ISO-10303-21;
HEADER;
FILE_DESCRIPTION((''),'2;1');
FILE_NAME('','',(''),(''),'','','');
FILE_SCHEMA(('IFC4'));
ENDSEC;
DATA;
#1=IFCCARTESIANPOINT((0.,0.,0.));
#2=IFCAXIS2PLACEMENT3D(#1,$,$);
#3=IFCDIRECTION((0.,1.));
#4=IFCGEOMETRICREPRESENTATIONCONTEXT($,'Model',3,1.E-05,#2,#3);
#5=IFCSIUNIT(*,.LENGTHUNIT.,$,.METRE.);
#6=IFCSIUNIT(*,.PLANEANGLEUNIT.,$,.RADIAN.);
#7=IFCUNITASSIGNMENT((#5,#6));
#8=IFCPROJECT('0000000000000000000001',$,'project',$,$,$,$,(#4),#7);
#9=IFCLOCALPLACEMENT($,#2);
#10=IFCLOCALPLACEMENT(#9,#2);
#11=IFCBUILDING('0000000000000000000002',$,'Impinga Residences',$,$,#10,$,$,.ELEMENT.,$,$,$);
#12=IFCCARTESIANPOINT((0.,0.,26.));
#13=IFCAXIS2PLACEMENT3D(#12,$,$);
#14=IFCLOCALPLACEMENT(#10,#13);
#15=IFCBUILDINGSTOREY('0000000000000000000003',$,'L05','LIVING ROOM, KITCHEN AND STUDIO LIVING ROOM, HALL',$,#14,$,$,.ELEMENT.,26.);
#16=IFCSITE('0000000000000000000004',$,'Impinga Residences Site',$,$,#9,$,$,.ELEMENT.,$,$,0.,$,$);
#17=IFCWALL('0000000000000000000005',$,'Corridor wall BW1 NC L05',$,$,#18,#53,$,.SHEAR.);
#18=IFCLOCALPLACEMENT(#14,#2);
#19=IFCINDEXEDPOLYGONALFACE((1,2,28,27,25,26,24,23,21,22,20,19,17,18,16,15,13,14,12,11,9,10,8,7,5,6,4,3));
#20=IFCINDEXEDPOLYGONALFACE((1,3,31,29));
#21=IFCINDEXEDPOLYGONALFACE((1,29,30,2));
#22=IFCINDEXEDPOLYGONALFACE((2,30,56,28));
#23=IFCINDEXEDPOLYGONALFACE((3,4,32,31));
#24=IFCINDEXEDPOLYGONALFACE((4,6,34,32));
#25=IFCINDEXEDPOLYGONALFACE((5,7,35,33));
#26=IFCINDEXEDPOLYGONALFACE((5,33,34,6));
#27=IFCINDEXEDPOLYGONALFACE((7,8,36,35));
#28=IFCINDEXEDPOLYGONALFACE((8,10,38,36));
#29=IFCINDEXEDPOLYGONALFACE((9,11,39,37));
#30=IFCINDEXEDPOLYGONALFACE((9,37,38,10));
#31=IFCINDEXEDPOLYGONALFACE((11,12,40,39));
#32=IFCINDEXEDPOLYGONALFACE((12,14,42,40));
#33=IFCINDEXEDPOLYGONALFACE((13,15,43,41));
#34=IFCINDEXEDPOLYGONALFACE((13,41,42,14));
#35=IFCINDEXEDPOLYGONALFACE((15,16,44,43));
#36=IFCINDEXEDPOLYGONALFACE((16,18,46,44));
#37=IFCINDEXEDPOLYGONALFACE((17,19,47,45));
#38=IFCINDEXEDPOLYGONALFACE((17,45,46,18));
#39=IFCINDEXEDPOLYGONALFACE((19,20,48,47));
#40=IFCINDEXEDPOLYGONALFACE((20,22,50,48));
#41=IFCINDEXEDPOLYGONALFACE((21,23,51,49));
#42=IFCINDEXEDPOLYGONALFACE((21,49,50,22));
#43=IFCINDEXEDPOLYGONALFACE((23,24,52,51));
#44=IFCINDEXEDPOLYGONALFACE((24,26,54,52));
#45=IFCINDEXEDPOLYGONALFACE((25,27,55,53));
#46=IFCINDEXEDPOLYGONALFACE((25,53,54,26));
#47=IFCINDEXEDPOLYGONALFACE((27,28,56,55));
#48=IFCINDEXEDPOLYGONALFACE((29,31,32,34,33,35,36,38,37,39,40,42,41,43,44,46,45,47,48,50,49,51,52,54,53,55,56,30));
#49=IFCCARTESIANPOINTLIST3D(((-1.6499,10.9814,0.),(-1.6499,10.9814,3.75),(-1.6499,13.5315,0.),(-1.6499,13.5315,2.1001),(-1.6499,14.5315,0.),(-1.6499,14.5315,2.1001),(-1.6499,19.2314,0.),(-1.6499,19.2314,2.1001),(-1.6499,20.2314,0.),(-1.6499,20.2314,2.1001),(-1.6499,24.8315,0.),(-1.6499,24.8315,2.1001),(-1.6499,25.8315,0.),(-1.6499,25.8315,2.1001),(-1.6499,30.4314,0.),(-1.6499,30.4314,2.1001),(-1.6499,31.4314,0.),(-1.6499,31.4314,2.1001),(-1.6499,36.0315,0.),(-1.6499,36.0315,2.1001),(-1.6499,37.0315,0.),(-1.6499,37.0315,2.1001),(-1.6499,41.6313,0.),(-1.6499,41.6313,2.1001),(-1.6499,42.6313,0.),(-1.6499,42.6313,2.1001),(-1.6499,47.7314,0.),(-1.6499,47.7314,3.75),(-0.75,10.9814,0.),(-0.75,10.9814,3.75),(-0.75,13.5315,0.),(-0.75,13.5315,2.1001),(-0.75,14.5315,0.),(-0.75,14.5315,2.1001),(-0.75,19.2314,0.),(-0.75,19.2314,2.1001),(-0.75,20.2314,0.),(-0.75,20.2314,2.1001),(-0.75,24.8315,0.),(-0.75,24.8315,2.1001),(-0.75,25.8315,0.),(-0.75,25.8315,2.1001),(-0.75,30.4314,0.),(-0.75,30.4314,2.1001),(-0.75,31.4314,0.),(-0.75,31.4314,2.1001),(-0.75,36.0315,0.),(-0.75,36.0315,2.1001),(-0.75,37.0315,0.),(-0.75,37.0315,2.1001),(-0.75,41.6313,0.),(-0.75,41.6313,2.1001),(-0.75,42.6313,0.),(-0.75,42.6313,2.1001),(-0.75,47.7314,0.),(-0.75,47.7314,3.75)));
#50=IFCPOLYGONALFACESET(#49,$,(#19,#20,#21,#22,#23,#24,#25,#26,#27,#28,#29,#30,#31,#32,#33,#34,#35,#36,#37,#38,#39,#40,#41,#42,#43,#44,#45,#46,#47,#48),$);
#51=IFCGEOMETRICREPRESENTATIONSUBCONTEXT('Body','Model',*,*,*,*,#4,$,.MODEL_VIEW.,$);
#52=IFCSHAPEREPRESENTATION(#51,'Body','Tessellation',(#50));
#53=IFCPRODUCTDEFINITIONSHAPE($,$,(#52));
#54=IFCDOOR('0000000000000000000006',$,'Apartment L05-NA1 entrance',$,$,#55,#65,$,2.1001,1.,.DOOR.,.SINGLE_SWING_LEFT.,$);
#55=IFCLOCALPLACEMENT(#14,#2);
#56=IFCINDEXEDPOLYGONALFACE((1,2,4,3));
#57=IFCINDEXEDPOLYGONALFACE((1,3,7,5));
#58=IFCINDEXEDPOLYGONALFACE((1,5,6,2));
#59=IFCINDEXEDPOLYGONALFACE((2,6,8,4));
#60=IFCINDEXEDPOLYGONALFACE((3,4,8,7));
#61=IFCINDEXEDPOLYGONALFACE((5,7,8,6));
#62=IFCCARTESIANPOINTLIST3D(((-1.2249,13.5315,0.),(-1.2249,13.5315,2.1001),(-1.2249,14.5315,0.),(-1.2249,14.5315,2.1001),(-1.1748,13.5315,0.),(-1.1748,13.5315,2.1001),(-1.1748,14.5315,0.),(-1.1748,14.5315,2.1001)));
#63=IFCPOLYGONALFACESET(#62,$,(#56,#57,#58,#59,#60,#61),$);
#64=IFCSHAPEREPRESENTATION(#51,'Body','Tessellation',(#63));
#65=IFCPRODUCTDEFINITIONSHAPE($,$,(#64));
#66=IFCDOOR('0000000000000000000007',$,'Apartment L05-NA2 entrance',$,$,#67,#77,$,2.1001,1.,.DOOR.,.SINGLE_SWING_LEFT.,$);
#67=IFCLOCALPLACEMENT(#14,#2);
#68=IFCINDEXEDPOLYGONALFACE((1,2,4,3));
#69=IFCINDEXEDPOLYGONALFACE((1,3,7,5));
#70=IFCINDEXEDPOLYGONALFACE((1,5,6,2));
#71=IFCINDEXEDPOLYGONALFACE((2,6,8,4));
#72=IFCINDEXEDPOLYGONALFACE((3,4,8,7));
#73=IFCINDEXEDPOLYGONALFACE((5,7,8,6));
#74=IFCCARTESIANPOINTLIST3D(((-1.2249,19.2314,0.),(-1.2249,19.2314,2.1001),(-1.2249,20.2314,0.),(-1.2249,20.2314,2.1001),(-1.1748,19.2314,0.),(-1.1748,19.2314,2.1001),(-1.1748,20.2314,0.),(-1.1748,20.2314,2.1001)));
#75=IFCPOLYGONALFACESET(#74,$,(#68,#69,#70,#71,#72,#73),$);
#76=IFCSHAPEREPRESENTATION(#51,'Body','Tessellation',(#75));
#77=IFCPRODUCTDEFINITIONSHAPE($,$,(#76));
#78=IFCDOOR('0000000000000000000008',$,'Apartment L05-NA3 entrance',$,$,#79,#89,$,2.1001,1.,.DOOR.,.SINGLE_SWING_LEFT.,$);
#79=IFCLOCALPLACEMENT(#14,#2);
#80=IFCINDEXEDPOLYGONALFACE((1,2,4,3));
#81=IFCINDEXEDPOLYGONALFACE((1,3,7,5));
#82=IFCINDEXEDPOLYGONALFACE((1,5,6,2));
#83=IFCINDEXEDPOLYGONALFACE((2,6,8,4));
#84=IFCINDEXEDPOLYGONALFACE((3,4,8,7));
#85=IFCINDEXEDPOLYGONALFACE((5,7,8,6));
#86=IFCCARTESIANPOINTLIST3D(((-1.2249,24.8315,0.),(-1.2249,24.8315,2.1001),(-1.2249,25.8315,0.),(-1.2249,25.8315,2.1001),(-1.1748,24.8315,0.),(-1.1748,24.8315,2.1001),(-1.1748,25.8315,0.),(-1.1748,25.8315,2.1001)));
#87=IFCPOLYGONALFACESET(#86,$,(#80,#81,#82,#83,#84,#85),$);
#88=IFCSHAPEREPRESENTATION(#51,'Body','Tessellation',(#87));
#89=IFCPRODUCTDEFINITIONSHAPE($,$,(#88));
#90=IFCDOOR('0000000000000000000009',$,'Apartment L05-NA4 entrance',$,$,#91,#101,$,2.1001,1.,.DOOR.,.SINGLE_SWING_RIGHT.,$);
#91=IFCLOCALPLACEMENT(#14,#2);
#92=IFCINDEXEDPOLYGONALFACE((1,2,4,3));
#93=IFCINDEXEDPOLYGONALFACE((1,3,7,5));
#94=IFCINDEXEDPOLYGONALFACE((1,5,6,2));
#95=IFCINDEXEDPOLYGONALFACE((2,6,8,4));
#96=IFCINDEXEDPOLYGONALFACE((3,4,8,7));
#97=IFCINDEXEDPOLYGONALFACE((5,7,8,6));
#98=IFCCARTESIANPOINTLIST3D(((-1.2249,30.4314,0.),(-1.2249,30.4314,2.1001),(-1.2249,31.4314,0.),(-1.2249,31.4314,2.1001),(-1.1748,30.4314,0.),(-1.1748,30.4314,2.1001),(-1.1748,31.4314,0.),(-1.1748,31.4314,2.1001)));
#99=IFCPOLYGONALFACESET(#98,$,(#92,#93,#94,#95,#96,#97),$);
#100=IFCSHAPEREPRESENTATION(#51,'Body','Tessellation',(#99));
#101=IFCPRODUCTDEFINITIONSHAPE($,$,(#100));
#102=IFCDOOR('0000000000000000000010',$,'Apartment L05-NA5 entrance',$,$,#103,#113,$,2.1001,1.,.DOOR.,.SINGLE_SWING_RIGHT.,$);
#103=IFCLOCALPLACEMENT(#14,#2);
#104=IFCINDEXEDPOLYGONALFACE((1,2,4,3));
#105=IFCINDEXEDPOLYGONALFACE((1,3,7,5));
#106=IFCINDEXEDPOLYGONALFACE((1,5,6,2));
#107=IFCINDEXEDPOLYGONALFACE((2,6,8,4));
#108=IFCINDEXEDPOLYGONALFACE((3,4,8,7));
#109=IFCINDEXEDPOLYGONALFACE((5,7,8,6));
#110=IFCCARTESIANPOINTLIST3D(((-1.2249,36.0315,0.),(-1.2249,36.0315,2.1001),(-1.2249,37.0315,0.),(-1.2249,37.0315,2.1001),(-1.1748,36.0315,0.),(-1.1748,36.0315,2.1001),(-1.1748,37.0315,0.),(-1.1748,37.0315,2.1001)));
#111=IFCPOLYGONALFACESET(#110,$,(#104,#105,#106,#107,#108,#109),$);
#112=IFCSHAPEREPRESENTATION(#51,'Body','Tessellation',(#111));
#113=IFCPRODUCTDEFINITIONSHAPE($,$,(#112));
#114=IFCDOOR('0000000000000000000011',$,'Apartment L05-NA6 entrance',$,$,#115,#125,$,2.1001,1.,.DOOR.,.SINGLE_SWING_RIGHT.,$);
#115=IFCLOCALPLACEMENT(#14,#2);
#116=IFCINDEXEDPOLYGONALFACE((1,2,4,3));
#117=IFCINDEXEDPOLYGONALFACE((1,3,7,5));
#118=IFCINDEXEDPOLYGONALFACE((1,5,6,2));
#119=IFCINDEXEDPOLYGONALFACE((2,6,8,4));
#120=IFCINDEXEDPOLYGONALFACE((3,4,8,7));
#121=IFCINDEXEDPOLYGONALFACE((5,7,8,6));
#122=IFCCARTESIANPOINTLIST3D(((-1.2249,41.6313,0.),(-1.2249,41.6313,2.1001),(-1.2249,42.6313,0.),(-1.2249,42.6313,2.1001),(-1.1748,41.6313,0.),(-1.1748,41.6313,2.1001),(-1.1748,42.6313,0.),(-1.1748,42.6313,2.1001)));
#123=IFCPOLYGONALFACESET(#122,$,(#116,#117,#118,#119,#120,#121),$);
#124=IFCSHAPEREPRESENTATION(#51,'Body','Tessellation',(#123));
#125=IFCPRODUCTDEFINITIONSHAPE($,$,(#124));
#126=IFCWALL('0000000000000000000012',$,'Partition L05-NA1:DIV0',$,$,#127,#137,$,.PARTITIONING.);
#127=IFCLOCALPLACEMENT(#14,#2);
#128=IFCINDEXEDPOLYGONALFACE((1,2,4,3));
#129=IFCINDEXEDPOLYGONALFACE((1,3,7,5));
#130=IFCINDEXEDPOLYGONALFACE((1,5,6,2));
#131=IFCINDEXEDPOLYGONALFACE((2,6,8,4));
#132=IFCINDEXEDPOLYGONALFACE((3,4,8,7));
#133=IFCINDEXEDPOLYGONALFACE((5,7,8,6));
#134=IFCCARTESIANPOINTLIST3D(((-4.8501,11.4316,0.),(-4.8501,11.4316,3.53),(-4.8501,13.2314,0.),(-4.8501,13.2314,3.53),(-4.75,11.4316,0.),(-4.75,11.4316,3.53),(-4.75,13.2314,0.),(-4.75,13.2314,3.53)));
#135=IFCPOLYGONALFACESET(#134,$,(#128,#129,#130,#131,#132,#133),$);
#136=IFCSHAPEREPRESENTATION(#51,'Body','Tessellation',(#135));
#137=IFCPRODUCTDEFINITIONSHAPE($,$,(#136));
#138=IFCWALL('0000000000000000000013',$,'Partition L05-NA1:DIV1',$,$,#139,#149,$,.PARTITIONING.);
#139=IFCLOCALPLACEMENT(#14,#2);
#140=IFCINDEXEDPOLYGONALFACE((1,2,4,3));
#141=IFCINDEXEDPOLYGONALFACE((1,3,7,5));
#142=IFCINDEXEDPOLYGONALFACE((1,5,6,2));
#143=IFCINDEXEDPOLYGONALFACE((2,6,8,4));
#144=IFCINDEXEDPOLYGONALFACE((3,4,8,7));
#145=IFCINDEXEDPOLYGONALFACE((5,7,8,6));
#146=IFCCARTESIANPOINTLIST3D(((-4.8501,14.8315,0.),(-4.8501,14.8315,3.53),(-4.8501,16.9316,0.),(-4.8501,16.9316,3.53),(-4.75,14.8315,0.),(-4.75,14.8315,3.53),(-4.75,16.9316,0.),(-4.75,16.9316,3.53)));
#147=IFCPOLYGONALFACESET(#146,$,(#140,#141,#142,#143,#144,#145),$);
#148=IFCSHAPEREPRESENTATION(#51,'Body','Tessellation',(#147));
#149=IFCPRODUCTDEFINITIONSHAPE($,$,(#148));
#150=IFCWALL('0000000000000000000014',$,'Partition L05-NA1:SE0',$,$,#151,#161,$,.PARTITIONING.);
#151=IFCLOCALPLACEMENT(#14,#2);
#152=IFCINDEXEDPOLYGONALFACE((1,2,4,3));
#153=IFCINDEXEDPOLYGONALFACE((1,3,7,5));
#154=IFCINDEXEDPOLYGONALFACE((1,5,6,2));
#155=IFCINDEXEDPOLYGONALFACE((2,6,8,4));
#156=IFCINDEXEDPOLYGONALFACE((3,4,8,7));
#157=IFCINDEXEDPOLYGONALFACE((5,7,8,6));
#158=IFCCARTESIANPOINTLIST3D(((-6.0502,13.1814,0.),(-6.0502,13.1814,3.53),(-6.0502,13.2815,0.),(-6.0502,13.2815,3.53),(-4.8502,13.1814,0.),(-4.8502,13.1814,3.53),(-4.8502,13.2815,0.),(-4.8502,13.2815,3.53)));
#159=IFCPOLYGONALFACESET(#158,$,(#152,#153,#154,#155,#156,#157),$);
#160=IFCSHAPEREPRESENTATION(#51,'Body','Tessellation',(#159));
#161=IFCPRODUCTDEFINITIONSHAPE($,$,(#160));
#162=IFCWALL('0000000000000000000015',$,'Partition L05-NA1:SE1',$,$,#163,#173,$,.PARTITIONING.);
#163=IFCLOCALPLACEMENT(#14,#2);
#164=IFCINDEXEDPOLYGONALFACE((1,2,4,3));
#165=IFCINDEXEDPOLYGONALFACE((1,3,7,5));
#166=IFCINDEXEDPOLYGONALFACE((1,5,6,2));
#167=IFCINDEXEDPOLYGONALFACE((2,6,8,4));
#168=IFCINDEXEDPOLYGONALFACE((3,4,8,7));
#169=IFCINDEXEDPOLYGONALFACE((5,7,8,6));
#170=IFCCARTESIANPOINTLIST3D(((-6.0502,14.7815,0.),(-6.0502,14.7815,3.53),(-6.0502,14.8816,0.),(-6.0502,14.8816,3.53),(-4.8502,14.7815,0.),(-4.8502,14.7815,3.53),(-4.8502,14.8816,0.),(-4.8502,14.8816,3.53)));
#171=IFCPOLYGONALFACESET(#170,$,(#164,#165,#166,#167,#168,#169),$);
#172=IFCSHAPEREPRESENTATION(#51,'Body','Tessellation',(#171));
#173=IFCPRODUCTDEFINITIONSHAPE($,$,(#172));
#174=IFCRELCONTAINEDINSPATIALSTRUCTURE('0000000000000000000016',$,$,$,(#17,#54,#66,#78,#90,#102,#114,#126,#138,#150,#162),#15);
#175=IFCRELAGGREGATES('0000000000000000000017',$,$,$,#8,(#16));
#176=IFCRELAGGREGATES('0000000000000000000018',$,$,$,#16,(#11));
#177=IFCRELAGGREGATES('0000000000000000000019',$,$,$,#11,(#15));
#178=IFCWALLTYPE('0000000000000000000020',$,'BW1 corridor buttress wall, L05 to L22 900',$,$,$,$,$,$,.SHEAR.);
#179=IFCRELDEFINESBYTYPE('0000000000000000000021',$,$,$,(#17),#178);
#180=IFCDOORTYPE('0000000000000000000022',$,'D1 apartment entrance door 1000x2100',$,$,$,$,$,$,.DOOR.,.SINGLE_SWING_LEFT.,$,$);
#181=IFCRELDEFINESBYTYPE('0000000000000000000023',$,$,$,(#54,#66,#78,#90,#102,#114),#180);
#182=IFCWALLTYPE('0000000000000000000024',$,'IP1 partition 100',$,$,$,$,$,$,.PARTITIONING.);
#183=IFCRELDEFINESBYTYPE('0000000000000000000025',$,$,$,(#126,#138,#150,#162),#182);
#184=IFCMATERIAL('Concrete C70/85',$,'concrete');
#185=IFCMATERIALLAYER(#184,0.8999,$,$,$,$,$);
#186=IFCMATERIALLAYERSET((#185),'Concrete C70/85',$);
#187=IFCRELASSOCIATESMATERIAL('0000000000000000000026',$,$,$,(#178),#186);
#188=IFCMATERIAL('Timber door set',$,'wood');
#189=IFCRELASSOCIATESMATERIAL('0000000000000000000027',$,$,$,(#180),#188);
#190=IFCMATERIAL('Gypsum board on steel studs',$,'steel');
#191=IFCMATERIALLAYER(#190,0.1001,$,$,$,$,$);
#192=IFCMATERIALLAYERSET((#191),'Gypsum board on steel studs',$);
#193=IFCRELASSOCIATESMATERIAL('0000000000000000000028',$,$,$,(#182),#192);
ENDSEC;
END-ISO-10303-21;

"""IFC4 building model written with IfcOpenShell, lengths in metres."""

from ifc_helpers import new_model, si_unit, direction, frame, frame_2d, origin, place, context, subcontext, project, spatial, rectangle, extrude, material, layer, layer_set, type_object, element, fill, save


model = new_model("IFC4")

# Units and contexts
model_context = context("Model", 3, precision=1e-05, world=origin(), true_north=direction((0.0, 1.0)))
body_context = subcontext(model_context, "Body", "Model", "MODEL_VIEW")
ifc_project = project(units=[si_unit("LENGTHUNIT", "METRE"), si_unit("PLANEANGLEUNIT", "RADIAN")], contexts=[model_context])

# Site, building, storey
site_placement = place(None, origin())
site = spatial("IfcSite", under=ifc_project, at=site_placement, Name="Impinga Residences Site", CompositionType="ELEMENT", RefElevation=0.0)
building_placement = place(site_placement, origin())
building = spatial("IfcBuilding", under=site, at=building_placement, Name="Impinga Residences", CompositionType="ELEMENT")
storey_placement = place(building_placement, frame((0.0, 0.0, 26.0)))
storey = spatial("IfcBuildingStorey", under=building, at=storey_placement, Name="L05", Description="LIVING ROOM, KITCHEN AND STUDIO LIVING ROOM, HALL", CompositionType="ELEMENT", Elevation=26.0)

# Wall, openings, doors
ifc_material_1 = material(Name="Concrete C70/85", Category="concrete")
ifc_layer_1 = layer(ifc_material_1, 0.8999)
ifc_layer_set_1 = layer_set([ifc_layer_1], Name="Concrete C70/85")
wall_type_1 = type_object("IfcWallType", Name="BW1 corridor buttress wall, L05 to L22 900", PredefinedType="SHEAR", material=ifc_layer_set_1)
wall_1_placement = place(storey_placement, frame((-1.2, 10.9814, 0.0), z_axis=(0.0, 0.0, 1.0), x_axis=(0.0, 1.0, 0.0)))
wall_1 = element("IfcWall", 1, at=wall_1_placement, inside=storey, type_object=wall_type_1, Name="Corridor wall BW1 NC L05", PredefinedType="SHEAR", context=body_context, shape_type="SweptSolid", body=[
    extrude(rectangle(XDim=36.75, YDim=0.8999, at=frame_2d((18.375, 0.0))), origin(), (0.0, 0.0, 1.0), 3.75),
])
opening_1_placement = place(wall_1_placement, frame((2.55, 0.0, 0.0)))
opening_1 = element("IfcOpeningElement", 2, at=opening_1_placement, cuts=wall_1, PredefinedType="OPENING", context=body_context, shape_type="SweptSolid", body=[
    extrude(rectangle(XDim=1.0, YDim=2.1001, at=frame_2d((0.5, 1.05))), frame((0.0, 0.46, 0.0), z_axis=(0.0, -1.0, 0.0), x_axis=(1.0, 0.0, 0.0)), (0.0, 0.0, 1.0), 0.9199),
])
opening_2_placement = place(wall_1_placement, frame((8.25, 0.0, 0.0)))
opening_2 = element("IfcOpeningElement", 3, at=opening_2_placement, cuts=wall_1, PredefinedType="OPENING", context=body_context, shape_type="SweptSolid", body=[
    extrude(rectangle(XDim=1.0, YDim=2.1001, at=frame_2d((0.5, 1.05))), frame((0.0, 0.46, 0.0), z_axis=(0.0, -1.0, 0.0), x_axis=(1.0, 0.0, 0.0)), (0.0, 0.0, 1.0), 0.9199),
])
opening_3_placement = place(wall_1_placement, frame((13.8501, 0.0, 0.0)))
opening_3 = element("IfcOpeningElement", 4, at=opening_3_placement, cuts=wall_1, PredefinedType="OPENING", context=body_context, shape_type="SweptSolid", body=[
    extrude(rectangle(XDim=1.0, YDim=2.1001, at=frame_2d((0.5, 1.05))), frame((0.0, 0.46, 0.0), z_axis=(0.0, -1.0, 0.0), x_axis=(1.0, 0.0, 0.0)), (0.0, 0.0, 1.0), 0.9199),
])
opening_4_placement = place(wall_1_placement, frame((19.45, 0.0, 0.0)))
opening_4 = element("IfcOpeningElement", 5, at=opening_4_placement, cuts=wall_1, PredefinedType="OPENING", context=body_context, shape_type="SweptSolid", body=[
    extrude(rectangle(XDim=1.0, YDim=2.1001, at=frame_2d((0.5, 1.05))), frame((0.0, 0.46, 0.0), z_axis=(0.0, -1.0, 0.0), x_axis=(1.0, 0.0, 0.0)), (0.0, 0.0, 1.0), 0.9199),
])
opening_5_placement = place(wall_1_placement, frame((25.05, 0.0, 0.0)))
opening_5 = element("IfcOpeningElement", 6, at=opening_5_placement, cuts=wall_1, PredefinedType="OPENING", context=body_context, shape_type="SweptSolid", body=[
    extrude(rectangle(XDim=1.0, YDim=2.1001, at=frame_2d((0.5, 1.05))), frame((0.0, 0.46, 0.0), z_axis=(0.0, -1.0, 0.0), x_axis=(1.0, 0.0, 0.0)), (0.0, 0.0, 1.0), 0.9199),
])
opening_6_placement = place(wall_1_placement, frame((30.6499, 0.0, 0.0)))
opening_6 = element("IfcOpeningElement", 7, at=opening_6_placement, cuts=wall_1, PredefinedType="OPENING", context=body_context, shape_type="SweptSolid", body=[
    extrude(rectangle(XDim=1.0, YDim=2.1001, at=frame_2d((0.5, 1.05))), frame((0.0, 0.46, 0.0), z_axis=(0.0, -1.0, 0.0), x_axis=(1.0, 0.0, 0.0)), (0.0, 0.0, 1.0), 0.9199),
])
ifc_material_2 = material(Name="Timber door set", Category="wood")
door_type_1 = type_object("IfcDoorType", Name="D1 apartment entrance door 1000x2100", OperationType="SINGLE_SWING_LEFT", PredefinedType="DOOR", material=ifc_material_2)
door_1_placement = place(opening_1_placement, origin())
door_1 = element("IfcDoor", 8, at=door_1_placement, inside=storey, type_object=door_type_1, Name="Apartment L05-NA1 entrance", OperationType="SINGLE_SWING_LEFT", OverallHeight=2.1001, OverallWidth=1.0, PredefinedType="DOOR", context=body_context, shape_type="SweptSolid", body=[
    extrude(rectangle(XDim=1.0, YDim=2.1001, at=frame_2d((0.5, 1.05))), frame((0.0, 0.0249, 0.0), z_axis=(0.0, -1.0, 0.0), x_axis=(1.0, 0.0, 0.0)), (0.0, 0.0, 1.0), 0.05),
])
fill(opening_1, door_1)
door_2_placement = place(opening_2_placement, origin())
door_2 = element("IfcDoor", 9, at=door_2_placement, inside=storey, type_object=door_type_1, Name="Apartment L05-NA2 entrance", OperationType="SINGLE_SWING_LEFT", OverallHeight=2.1001, OverallWidth=1.0, PredefinedType="DOOR", context=body_context, shape_type="SweptSolid", body=[
    extrude(rectangle(XDim=1.0, YDim=2.1001, at=frame_2d((0.5, 1.05))), frame((0.0, 0.0249, 0.0), z_axis=(0.0, -1.0, 0.0), x_axis=(1.0, 0.0, 0.0)), (0.0, 0.0, 1.0), 0.05),
])
fill(opening_2, door_2)
door_3_placement = place(opening_3_placement, origin())
door_3 = element("IfcDoor", 10, at=door_3_placement, inside=storey, type_object=door_type_1, Name="Apartment L05-NA3 entrance", OperationType="SINGLE_SWING_LEFT", OverallHeight=2.1001, OverallWidth=1.0, PredefinedType="DOOR", context=body_context, shape_type="SweptSolid", body=[
    extrude(rectangle(XDim=1.0, YDim=2.1001, at=frame_2d((0.5, 1.05))), frame((0.0, 0.0249, 0.0), z_axis=(0.0, -1.0, 0.0), x_axis=(1.0, 0.0, 0.0)), (0.0, 0.0, 1.0), 0.05),
])
fill(opening_3, door_3)
door_4_placement = place(opening_4_placement, origin())
door_4 = element("IfcDoor", 11, at=door_4_placement, inside=storey, type_object=door_type_1, Name="Apartment L05-NA4 entrance", OperationType="SINGLE_SWING_RIGHT", OverallHeight=2.1001, OverallWidth=1.0, PredefinedType="DOOR", context=body_context, shape_type="SweptSolid", body=[
    extrude(rectangle(XDim=1.0, YDim=2.1001, at=frame_2d((0.5, 1.05))), frame((0.0, 0.0249, 0.0), z_axis=(0.0, -1.0, 0.0), x_axis=(1.0, 0.0, 0.0)), (0.0, 0.0, 1.0), 0.05),
])
fill(opening_4, door_4)
door_5_placement = place(opening_5_placement, origin())
door_5 = element("IfcDoor", 12, at=door_5_placement, inside=storey, type_object=door_type_1, Name="Apartment L05-NA5 entrance", OperationType="SINGLE_SWING_RIGHT", OverallHeight=2.1001, OverallWidth=1.0, PredefinedType="DOOR", context=body_context, shape_type="SweptSolid", body=[
    extrude(rectangle(XDim=1.0, YDim=2.1001, at=frame_2d((0.5, 1.05))), frame((0.0, 0.0249, 0.0), z_axis=(0.0, -1.0, 0.0), x_axis=(1.0, 0.0, 0.0)), (0.0, 0.0, 1.0), 0.05),
])
fill(opening_5, door_5)
door_6_placement = place(opening_6_placement, origin())
door_6 = element("IfcDoor", 13, at=door_6_placement, inside=storey, type_object=door_type_1, Name="Apartment L05-NA6 entrance", OperationType="SINGLE_SWING_RIGHT", OverallHeight=2.1001, OverallWidth=1.0, PredefinedType="DOOR", context=body_context, shape_type="SweptSolid", body=[
    extrude(rectangle(XDim=1.0, YDim=2.1001, at=frame_2d((0.5, 1.05))), frame((0.0, 0.0249, 0.0), z_axis=(0.0, -1.0, 0.0), x_axis=(1.0, 0.0, 0.0)), (0.0, 0.0, 1.0), 0.05),
])
fill(opening_6, door_6)

# Walls
ifc_material_3 = material(Name="Gypsum board on steel studs", Category="steel")
ifc_layer_2 = layer(ifc_material_3, 0.1001)
ifc_layer_set_2 = layer_set([ifc_layer_2], Name="Gypsum board on steel studs")
wall_type_2 = type_object("IfcWallType", Name="IP1 partition 100", PredefinedType="PARTITIONING", material=ifc_layer_set_2)
wall_2_placement = place(storey_placement, frame((-4.8, 11.4316, 0.0), z_axis=(0.0, 0.0, 1.0), x_axis=(0.0, 1.0, 0.0)))
element("IfcWall", 14, at=wall_2_placement, inside=storey, type_object=wall_type_2, Name="Partition L05-NA1:DIV0", PredefinedType="PARTITIONING", context=body_context, shape_type="SweptSolid", body=[
    extrude(rectangle(XDim=1.7998, YDim=0.1001, at=frame_2d((0.8999, 0.0))), origin(), (0.0, 0.0, 1.0), 3.53),
])
wall_3_placement = place(storey_placement, frame((-4.8, 14.8315, 0.0), z_axis=(0.0, 0.0, 1.0), x_axis=(0.0, 1.0, 0.0)))
element("IfcWall", 15, at=wall_3_placement, inside=storey, type_object=wall_type_2, Name="Partition L05-NA1:DIV1", PredefinedType="PARTITIONING", context=body_context, shape_type="SweptSolid", body=[
    extrude(rectangle(XDim=2.1001, YDim=0.1001, at=frame_2d((1.05, 0.0))), origin(), (0.0, 0.0, 1.0), 3.53),
])
for number, where, z_axis, x_axis, name in (
    (16, (-4.8501, 13.2314, 0.0), (0.0, 0.0, 1.0), (-1.0, 0.0, 0.0), "Partition L05-NA1:SE0"),
    (17, (-4.8501, 14.8315, 0.0), (0.0, 0.0, 1.0), (-1.0, 0.0, 0.0), "Partition L05-NA1:SE1"),
):
    element("IfcWall", number, at=place(storey_placement, frame(where, z_axis=z_axis, x_axis=x_axis)), inside=storey, type_object=wall_type_2, Name=name, PredefinedType="PARTITIONING", context=body_context, shape_type="SweptSolid", body=[
        extrude(rectangle(XDim=1.2, YDim=0.1001, at=frame_2d((0.6001, 0.0))), origin(), (0.0, 0.0, 1.0), 3.53),
    ])

save(model, "model.ifc")
